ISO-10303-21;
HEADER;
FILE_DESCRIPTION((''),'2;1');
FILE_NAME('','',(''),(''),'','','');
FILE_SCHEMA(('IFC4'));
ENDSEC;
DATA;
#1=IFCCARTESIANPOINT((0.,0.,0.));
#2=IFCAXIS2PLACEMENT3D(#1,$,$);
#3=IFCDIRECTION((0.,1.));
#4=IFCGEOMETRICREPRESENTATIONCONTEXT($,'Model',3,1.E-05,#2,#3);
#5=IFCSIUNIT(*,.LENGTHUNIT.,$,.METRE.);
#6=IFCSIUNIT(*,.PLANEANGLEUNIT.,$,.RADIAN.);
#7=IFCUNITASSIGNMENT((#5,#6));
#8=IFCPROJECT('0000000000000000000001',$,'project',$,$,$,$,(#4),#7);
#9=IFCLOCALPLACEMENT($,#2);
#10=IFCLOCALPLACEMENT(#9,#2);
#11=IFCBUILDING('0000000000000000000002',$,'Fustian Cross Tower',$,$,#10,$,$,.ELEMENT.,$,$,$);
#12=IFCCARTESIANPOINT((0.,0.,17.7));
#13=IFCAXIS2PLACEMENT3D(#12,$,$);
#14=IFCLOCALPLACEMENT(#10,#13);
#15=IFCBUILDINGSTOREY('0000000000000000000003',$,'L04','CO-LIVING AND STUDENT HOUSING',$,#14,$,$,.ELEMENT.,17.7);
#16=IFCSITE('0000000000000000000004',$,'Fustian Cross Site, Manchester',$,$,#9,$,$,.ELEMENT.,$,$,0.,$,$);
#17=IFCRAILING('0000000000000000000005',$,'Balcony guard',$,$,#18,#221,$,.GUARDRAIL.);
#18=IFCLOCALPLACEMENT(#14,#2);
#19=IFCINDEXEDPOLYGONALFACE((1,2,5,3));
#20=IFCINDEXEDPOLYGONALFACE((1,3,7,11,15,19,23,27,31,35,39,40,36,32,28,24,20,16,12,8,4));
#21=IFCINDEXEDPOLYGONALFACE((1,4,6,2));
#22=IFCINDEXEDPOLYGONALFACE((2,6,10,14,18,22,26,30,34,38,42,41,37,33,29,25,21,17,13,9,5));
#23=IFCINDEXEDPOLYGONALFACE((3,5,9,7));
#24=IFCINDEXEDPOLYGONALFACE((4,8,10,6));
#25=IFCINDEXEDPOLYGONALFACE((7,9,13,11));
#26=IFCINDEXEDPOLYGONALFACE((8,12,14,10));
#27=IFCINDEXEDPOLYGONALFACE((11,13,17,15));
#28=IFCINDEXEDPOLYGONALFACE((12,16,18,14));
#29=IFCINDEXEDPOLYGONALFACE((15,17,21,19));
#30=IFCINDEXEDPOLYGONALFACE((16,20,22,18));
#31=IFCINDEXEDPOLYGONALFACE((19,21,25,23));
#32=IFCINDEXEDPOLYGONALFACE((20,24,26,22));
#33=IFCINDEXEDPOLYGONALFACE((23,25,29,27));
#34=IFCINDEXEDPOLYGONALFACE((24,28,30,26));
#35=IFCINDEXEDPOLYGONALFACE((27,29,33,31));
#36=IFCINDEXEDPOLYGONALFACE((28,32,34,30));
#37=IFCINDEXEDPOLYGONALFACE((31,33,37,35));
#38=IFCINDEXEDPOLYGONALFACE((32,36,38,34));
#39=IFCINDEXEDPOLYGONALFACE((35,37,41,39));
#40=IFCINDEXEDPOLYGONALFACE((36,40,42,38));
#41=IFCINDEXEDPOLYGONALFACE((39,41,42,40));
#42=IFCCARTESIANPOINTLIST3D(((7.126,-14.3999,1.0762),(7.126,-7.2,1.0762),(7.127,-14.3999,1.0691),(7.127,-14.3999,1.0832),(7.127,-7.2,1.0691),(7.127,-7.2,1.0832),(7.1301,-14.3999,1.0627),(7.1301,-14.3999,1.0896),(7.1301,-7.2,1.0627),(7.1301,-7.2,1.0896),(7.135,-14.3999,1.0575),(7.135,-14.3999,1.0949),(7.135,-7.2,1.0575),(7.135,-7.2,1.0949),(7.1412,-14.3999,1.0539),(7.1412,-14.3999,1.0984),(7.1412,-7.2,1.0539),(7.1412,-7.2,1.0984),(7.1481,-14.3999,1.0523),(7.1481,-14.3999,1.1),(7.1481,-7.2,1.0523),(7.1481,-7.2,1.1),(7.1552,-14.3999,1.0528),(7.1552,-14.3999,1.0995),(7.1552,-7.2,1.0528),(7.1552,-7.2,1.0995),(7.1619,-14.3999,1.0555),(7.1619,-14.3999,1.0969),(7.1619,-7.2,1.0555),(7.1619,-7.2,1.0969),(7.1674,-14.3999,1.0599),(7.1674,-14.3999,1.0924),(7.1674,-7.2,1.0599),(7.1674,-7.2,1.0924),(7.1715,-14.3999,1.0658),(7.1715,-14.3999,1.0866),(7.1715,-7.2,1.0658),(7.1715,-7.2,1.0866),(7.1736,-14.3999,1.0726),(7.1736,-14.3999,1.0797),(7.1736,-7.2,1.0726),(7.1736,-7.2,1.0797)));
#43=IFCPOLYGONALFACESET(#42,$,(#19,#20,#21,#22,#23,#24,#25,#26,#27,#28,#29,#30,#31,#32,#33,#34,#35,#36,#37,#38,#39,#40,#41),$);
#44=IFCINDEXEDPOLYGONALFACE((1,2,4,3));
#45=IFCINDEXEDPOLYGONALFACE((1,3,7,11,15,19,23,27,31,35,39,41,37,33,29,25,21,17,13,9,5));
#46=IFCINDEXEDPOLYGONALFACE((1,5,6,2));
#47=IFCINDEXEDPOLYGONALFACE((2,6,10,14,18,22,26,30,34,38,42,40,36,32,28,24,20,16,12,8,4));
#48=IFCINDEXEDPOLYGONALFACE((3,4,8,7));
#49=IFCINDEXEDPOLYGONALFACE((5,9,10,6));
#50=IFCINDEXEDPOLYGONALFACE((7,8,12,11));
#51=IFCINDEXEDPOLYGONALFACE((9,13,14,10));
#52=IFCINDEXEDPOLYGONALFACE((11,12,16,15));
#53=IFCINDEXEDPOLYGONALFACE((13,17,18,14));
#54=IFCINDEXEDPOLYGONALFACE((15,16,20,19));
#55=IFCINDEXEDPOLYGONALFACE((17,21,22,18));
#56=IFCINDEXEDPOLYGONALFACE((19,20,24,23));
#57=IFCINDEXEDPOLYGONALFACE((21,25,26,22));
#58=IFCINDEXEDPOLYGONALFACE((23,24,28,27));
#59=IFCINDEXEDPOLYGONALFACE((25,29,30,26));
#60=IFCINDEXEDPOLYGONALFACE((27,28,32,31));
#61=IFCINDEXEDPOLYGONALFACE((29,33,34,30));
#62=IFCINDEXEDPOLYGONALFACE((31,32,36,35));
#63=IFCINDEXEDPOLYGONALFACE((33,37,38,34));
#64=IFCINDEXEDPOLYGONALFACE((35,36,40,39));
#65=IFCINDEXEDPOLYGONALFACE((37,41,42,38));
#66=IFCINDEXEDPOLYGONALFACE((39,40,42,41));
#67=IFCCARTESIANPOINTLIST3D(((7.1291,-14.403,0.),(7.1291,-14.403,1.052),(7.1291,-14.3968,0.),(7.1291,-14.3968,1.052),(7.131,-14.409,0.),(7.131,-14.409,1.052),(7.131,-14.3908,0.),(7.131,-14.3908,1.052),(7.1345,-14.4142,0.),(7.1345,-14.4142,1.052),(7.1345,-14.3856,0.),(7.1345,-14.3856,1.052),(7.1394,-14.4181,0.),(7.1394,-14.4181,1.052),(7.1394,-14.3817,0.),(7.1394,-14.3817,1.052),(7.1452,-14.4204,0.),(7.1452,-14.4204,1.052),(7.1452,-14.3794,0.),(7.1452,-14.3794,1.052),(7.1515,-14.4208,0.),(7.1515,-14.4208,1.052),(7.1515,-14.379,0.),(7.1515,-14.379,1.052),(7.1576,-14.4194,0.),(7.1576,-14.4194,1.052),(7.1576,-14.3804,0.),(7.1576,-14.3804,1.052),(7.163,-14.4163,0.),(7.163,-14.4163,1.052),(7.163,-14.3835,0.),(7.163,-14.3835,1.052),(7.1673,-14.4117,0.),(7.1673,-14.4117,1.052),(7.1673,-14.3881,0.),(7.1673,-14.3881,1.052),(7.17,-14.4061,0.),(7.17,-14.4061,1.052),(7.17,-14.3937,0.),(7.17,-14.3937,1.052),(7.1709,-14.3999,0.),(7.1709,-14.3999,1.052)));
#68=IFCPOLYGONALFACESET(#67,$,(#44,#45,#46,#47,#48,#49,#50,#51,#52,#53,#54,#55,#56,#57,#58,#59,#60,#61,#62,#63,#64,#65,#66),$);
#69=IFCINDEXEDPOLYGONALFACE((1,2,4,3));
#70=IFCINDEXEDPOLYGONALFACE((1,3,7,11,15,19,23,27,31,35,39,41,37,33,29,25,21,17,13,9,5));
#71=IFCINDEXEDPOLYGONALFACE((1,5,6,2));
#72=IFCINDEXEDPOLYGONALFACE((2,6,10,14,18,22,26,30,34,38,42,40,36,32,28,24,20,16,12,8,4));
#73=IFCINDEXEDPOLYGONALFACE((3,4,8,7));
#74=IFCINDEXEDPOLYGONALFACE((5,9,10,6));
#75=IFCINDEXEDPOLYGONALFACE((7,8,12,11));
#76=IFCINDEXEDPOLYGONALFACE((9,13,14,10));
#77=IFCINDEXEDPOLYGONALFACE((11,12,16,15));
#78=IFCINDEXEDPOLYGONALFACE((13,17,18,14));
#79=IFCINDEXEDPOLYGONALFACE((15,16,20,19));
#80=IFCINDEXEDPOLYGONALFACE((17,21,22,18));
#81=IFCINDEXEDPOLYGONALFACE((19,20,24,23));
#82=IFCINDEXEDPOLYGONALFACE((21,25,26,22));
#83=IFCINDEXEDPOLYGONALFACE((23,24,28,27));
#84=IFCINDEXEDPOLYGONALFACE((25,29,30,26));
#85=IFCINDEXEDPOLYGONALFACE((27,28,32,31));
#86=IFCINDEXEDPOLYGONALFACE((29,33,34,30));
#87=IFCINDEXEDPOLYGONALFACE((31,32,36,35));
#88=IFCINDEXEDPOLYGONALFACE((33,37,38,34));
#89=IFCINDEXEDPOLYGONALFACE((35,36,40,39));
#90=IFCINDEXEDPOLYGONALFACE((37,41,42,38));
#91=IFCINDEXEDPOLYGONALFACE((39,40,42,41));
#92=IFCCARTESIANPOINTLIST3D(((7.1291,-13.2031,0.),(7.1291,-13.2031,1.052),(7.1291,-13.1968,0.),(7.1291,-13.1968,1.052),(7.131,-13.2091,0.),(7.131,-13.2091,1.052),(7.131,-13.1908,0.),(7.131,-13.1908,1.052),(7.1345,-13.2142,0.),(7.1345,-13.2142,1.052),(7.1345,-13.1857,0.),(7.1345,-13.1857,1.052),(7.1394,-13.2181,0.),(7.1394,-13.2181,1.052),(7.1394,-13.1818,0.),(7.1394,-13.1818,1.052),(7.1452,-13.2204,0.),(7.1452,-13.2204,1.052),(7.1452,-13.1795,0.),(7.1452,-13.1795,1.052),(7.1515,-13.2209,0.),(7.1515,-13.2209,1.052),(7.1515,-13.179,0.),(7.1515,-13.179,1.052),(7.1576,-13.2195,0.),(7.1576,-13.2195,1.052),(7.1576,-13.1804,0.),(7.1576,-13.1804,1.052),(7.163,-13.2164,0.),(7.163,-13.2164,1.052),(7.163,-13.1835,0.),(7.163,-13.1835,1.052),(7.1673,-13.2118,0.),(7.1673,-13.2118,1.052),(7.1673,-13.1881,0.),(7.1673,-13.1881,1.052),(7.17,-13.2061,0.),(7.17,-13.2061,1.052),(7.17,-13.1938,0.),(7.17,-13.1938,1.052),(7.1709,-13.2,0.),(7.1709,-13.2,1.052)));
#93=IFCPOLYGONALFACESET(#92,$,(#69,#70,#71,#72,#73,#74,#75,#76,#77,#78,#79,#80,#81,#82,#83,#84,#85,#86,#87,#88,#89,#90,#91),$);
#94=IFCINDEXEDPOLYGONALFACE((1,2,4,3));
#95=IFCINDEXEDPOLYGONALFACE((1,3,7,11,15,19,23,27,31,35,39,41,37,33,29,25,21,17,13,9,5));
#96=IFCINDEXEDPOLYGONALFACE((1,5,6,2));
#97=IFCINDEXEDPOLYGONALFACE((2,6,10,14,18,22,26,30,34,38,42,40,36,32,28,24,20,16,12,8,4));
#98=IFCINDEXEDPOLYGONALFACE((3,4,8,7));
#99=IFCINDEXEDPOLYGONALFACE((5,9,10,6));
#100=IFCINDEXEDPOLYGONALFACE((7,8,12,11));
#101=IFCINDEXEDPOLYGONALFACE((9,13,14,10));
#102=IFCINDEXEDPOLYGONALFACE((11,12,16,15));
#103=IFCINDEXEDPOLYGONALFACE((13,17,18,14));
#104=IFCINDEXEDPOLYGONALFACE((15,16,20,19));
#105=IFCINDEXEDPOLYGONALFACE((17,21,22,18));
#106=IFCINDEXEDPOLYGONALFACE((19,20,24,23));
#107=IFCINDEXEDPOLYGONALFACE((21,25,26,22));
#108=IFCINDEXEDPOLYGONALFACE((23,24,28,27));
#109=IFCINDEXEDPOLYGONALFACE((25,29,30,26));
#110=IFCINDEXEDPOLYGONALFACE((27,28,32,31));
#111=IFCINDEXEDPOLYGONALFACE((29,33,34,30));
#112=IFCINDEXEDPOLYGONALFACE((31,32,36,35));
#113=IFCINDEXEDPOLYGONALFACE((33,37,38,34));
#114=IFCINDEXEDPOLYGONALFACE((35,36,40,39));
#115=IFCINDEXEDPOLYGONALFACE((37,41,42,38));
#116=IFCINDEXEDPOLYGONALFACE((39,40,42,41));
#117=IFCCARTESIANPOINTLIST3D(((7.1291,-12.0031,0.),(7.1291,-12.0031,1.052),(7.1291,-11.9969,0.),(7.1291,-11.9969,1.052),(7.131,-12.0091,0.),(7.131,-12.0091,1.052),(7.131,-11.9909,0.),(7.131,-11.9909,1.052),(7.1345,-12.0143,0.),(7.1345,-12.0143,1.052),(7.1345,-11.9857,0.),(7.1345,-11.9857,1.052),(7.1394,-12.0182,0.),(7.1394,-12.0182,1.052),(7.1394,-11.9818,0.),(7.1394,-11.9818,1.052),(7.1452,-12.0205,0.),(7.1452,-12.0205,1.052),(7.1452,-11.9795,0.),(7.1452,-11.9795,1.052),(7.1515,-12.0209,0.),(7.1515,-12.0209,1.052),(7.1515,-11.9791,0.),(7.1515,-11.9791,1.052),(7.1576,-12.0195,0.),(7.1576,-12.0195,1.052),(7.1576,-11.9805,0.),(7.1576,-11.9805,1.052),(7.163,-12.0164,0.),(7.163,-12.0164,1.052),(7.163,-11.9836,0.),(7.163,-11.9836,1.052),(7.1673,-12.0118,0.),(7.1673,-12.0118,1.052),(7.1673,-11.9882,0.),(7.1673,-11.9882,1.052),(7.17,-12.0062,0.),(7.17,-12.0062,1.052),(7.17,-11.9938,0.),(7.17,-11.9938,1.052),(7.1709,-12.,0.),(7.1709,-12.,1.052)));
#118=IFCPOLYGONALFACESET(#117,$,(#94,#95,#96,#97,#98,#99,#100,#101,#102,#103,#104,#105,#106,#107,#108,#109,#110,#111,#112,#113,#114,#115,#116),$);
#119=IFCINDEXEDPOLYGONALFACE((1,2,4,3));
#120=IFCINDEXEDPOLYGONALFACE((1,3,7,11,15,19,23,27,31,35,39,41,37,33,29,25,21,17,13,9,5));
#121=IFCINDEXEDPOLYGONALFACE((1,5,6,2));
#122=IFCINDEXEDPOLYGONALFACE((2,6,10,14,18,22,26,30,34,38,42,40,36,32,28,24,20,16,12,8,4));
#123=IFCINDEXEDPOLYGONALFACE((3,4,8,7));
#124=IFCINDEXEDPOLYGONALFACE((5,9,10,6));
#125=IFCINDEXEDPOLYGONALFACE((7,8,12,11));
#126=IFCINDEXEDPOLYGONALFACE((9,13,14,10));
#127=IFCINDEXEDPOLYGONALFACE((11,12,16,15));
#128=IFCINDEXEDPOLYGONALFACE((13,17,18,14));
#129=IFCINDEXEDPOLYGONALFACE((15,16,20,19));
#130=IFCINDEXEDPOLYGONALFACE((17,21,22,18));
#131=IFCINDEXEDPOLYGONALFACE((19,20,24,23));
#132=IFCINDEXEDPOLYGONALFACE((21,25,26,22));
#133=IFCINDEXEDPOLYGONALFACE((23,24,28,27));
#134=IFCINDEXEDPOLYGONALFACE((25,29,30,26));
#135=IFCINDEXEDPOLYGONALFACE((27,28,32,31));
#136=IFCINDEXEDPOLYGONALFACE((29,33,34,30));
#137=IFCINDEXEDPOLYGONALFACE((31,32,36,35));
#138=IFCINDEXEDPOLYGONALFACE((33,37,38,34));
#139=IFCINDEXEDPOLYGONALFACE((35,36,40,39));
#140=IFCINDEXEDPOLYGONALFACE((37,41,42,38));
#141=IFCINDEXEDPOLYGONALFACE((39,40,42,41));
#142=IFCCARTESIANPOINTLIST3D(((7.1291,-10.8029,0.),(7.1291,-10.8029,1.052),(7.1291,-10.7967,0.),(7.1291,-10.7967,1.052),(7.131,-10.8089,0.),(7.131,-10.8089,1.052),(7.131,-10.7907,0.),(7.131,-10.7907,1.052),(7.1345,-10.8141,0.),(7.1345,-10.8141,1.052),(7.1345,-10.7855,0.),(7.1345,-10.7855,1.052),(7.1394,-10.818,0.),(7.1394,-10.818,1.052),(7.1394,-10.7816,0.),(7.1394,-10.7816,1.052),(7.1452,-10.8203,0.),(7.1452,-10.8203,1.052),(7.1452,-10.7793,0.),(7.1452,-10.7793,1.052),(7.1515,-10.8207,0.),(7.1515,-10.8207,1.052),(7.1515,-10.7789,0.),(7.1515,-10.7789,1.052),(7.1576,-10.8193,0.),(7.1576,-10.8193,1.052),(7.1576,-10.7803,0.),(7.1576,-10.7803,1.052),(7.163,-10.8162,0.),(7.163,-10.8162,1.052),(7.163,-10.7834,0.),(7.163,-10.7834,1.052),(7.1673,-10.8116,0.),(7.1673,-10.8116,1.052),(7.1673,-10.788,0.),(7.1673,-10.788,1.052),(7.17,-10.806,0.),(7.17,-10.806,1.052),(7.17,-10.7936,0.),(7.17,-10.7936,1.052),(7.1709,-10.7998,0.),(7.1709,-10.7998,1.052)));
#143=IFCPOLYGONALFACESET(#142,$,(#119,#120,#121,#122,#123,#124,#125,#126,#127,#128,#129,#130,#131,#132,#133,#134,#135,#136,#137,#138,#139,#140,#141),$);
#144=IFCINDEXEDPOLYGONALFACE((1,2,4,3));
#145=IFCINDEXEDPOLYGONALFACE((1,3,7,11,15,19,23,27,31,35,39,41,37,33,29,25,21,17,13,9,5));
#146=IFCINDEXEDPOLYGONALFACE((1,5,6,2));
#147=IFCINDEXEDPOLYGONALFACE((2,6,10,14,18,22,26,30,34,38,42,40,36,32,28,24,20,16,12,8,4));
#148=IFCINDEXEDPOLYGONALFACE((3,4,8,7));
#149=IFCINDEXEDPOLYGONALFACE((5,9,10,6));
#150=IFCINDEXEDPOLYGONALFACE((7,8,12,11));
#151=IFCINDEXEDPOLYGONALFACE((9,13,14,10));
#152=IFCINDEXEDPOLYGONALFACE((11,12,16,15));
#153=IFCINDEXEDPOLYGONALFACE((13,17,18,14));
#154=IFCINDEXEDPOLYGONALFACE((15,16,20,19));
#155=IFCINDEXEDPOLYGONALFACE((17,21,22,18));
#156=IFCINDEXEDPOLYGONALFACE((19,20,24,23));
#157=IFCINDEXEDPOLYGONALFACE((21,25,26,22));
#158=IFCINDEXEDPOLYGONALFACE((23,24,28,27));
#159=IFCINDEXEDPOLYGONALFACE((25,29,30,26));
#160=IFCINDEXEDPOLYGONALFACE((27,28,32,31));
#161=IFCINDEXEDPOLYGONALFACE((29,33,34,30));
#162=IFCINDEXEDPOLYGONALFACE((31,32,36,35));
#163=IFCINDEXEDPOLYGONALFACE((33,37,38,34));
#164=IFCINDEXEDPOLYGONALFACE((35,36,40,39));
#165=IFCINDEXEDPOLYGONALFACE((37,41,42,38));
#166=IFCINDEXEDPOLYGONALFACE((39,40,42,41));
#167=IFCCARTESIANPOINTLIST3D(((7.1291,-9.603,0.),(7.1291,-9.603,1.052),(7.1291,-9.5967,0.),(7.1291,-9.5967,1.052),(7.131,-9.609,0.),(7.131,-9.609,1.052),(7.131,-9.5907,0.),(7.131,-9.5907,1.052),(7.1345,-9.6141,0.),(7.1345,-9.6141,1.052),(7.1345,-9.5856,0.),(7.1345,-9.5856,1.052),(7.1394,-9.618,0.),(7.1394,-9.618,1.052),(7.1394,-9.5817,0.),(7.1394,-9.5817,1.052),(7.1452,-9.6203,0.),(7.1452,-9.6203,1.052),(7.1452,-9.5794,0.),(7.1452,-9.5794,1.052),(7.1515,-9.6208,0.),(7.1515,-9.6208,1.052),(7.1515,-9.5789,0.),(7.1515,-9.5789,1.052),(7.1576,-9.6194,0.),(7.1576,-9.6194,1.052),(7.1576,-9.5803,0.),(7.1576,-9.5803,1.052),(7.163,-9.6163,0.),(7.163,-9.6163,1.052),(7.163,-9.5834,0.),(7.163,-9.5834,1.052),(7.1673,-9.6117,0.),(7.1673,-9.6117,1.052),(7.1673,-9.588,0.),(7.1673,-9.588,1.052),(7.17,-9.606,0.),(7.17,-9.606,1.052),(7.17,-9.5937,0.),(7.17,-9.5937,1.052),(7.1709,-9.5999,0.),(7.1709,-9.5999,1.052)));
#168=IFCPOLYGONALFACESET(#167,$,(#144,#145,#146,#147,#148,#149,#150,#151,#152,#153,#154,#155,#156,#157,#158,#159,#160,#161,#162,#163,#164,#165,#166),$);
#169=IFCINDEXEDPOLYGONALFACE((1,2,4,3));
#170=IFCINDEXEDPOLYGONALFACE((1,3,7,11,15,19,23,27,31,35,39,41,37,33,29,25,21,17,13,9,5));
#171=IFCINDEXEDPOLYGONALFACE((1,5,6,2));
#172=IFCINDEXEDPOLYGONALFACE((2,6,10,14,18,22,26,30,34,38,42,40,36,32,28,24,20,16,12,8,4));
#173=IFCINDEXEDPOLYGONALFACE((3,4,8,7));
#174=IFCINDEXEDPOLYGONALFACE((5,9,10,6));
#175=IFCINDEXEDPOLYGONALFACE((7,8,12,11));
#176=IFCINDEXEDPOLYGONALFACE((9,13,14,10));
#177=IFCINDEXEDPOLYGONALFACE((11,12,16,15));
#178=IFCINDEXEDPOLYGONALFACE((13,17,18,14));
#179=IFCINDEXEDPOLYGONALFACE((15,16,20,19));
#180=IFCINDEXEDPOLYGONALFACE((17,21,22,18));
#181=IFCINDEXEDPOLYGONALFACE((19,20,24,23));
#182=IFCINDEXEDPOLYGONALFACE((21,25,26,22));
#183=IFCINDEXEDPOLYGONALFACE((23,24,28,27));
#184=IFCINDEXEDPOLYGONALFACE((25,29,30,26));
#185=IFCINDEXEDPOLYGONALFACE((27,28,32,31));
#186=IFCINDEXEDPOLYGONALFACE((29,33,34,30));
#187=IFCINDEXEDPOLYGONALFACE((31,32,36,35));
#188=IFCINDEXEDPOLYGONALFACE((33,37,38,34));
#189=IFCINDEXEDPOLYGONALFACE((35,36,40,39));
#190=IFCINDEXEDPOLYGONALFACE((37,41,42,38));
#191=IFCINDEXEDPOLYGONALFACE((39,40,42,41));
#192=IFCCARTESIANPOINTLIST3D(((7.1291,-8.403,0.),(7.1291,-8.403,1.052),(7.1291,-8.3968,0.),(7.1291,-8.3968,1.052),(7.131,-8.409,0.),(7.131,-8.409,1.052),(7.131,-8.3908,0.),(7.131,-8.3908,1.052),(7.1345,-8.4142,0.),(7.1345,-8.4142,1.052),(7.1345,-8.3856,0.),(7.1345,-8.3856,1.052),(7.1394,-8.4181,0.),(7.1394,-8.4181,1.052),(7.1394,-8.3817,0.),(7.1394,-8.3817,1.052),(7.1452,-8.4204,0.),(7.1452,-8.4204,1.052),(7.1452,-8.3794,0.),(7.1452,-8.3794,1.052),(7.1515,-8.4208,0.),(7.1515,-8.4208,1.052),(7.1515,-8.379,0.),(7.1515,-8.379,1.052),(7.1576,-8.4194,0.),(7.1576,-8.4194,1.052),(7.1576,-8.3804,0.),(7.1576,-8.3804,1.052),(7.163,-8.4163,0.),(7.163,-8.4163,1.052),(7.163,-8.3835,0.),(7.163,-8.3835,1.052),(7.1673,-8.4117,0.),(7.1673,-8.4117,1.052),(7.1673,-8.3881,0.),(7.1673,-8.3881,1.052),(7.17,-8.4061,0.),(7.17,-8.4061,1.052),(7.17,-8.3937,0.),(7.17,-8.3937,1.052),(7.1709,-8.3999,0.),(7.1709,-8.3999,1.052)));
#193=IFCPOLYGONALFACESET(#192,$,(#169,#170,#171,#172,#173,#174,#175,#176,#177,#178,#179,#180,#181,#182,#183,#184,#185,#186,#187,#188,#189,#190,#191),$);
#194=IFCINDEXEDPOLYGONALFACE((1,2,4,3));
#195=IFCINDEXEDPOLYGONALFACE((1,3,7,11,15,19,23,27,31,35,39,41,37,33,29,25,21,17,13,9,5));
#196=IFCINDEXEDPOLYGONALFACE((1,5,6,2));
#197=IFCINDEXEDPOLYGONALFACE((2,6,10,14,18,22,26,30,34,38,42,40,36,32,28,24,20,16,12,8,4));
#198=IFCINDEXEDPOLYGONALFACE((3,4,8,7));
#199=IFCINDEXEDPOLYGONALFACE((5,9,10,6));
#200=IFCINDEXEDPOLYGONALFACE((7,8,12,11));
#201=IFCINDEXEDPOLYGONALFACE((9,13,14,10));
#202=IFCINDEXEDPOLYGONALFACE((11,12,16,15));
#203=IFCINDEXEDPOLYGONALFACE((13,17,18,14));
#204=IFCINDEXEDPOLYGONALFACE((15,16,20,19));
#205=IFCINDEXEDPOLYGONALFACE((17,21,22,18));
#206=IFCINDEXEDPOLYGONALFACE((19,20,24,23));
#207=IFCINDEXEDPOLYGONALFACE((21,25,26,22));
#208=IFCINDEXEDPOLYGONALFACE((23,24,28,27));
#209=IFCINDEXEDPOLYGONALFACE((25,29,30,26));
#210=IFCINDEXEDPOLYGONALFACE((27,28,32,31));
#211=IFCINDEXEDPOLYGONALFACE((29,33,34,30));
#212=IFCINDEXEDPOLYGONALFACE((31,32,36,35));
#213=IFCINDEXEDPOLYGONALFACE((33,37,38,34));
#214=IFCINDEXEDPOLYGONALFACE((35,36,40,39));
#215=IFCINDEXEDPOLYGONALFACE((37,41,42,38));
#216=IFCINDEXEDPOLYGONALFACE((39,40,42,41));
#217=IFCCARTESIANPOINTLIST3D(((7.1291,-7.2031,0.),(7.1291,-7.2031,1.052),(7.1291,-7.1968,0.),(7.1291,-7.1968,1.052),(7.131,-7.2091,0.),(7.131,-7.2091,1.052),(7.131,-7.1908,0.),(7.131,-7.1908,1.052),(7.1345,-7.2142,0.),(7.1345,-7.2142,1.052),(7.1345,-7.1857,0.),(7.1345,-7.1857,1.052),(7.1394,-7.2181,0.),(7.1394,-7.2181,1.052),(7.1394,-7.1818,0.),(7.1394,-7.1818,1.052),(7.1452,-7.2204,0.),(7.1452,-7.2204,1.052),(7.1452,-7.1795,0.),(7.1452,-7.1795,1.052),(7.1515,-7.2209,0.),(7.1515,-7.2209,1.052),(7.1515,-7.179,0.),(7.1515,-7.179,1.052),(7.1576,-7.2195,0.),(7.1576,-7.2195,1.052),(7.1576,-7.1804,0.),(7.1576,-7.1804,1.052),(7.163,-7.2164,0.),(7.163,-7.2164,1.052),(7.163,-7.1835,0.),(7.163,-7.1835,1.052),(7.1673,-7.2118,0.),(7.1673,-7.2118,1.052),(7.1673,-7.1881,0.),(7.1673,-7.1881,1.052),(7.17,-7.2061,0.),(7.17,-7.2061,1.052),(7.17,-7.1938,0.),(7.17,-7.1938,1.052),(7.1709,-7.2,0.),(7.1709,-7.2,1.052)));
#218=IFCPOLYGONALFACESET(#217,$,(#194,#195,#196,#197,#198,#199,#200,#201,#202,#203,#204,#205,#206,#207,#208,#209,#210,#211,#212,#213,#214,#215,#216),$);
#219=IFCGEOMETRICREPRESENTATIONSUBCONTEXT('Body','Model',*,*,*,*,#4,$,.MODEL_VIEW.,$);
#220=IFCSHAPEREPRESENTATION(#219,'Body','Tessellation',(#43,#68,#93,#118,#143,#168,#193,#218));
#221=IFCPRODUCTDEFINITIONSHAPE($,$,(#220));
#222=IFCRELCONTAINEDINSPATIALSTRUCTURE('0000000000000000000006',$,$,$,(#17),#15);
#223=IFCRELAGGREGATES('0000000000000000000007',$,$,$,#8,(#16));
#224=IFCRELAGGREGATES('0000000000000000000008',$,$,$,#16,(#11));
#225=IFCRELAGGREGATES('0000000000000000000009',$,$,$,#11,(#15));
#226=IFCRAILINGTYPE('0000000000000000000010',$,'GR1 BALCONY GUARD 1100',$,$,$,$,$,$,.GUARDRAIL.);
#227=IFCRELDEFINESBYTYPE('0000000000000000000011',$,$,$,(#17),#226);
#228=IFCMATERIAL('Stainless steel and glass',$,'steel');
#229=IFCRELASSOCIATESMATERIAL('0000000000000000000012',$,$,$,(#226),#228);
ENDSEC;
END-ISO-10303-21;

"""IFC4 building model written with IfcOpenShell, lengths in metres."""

from ifc_helpers import new_model, si_unit, direction, frame, origin, origin_2d, place, context, subcontext, project, spatial, circle, extrude, material, type_object, element, save


model = new_model("IFC4")

# Units and contexts
model_context = context("Model", 3, precision=1e-05, world=origin(), true_north=direction((0.0, 1.0)))
body_context = subcontext(model_context, "Body", "Model", "MODEL_VIEW")
ifc_project = project(units=[si_unit("LENGTHUNIT", "METRE"), si_unit("PLANEANGLEUNIT", "RADIAN")], contexts=[model_context])

# Site, building, storey
site_placement = place(None, origin())
site = spatial("IfcSite", under=ifc_project, at=site_placement, Name="Fustian Cross Site, Manchester", CompositionType="ELEMENT", RefElevation=0.0)
building_placement = place(site_placement, origin())
building = spatial("IfcBuilding", under=site, at=building_placement, Name="Fustian Cross Tower", CompositionType="ELEMENT")
storey_placement = place(building_placement, frame((0.0, 0.0, 17.7)))
storey = spatial("IfcBuildingStorey", under=building, at=storey_placement, Name="L04", Description="CO-LIVING AND STUDENT HOUSING", CompositionType="ELEMENT", Elevation=17.7)

# Railing
ifc_material_1 = material(Name="Stainless steel and glass", Category="steel")
railing_type = type_object("IfcRailingType", Name="GR1 BALCONY GUARD 1100", PredefinedType="GUARDRAIL", material=ifc_material_1)
railing_placement = place(storey_placement, frame((7.1499, -14.3999, 0.0)))
element("IfcRailing", 1, at=railing_placement, inside=storey, type_object=railing_type, Name="Balcony guard", PredefinedType="GUARDRAIL", context=body_context, shape_type="SweptSolid", body=[
    extrude(circle(Radius=0.0239, at=origin_2d()), frame((0.0, 0.0, 1.0762), z_axis=(0.0, 1.0, 0.0), x_axis=(-1.0, 0.0, 0.0)), (0.0, 0.0, 1.0), 7.2),
    extrude(circle(Radius=0.021, at=origin_2d()), origin(), (0.0, 0.0, 1.0), 1.052),
    extrude(circle(Radius=0.021, at=origin_2d()), frame((0.0, 1.2, 0.0)), (0.0, 0.0, 1.0), 1.052),
    extrude(circle(Radius=0.021, at=origin_2d()), frame((0.0, 2.3999, 0.0)), (0.0, 0.0, 1.0), 1.052),
    extrude(circle(Radius=0.021, at=origin_2d()), frame((0.0, 3.6001, 0.0)), (0.0, 0.0, 1.0), 1.052),
    extrude(circle(Radius=0.021, at=origin_2d()), frame((0.0, 4.8, 0.0)), (0.0, 0.0, 1.0), 1.052),
    extrude(circle(Radius=0.021, at=origin_2d()), frame((0.0, 6.0, 0.0)), (0.0, 0.0, 1.0), 1.052),
    extrude(circle(Radius=0.021, at=origin_2d()), frame((0.0, 7.2, 0.0)), (0.0, 0.0, 1.0), 1.052),
])

save(model, "model.ifc")
